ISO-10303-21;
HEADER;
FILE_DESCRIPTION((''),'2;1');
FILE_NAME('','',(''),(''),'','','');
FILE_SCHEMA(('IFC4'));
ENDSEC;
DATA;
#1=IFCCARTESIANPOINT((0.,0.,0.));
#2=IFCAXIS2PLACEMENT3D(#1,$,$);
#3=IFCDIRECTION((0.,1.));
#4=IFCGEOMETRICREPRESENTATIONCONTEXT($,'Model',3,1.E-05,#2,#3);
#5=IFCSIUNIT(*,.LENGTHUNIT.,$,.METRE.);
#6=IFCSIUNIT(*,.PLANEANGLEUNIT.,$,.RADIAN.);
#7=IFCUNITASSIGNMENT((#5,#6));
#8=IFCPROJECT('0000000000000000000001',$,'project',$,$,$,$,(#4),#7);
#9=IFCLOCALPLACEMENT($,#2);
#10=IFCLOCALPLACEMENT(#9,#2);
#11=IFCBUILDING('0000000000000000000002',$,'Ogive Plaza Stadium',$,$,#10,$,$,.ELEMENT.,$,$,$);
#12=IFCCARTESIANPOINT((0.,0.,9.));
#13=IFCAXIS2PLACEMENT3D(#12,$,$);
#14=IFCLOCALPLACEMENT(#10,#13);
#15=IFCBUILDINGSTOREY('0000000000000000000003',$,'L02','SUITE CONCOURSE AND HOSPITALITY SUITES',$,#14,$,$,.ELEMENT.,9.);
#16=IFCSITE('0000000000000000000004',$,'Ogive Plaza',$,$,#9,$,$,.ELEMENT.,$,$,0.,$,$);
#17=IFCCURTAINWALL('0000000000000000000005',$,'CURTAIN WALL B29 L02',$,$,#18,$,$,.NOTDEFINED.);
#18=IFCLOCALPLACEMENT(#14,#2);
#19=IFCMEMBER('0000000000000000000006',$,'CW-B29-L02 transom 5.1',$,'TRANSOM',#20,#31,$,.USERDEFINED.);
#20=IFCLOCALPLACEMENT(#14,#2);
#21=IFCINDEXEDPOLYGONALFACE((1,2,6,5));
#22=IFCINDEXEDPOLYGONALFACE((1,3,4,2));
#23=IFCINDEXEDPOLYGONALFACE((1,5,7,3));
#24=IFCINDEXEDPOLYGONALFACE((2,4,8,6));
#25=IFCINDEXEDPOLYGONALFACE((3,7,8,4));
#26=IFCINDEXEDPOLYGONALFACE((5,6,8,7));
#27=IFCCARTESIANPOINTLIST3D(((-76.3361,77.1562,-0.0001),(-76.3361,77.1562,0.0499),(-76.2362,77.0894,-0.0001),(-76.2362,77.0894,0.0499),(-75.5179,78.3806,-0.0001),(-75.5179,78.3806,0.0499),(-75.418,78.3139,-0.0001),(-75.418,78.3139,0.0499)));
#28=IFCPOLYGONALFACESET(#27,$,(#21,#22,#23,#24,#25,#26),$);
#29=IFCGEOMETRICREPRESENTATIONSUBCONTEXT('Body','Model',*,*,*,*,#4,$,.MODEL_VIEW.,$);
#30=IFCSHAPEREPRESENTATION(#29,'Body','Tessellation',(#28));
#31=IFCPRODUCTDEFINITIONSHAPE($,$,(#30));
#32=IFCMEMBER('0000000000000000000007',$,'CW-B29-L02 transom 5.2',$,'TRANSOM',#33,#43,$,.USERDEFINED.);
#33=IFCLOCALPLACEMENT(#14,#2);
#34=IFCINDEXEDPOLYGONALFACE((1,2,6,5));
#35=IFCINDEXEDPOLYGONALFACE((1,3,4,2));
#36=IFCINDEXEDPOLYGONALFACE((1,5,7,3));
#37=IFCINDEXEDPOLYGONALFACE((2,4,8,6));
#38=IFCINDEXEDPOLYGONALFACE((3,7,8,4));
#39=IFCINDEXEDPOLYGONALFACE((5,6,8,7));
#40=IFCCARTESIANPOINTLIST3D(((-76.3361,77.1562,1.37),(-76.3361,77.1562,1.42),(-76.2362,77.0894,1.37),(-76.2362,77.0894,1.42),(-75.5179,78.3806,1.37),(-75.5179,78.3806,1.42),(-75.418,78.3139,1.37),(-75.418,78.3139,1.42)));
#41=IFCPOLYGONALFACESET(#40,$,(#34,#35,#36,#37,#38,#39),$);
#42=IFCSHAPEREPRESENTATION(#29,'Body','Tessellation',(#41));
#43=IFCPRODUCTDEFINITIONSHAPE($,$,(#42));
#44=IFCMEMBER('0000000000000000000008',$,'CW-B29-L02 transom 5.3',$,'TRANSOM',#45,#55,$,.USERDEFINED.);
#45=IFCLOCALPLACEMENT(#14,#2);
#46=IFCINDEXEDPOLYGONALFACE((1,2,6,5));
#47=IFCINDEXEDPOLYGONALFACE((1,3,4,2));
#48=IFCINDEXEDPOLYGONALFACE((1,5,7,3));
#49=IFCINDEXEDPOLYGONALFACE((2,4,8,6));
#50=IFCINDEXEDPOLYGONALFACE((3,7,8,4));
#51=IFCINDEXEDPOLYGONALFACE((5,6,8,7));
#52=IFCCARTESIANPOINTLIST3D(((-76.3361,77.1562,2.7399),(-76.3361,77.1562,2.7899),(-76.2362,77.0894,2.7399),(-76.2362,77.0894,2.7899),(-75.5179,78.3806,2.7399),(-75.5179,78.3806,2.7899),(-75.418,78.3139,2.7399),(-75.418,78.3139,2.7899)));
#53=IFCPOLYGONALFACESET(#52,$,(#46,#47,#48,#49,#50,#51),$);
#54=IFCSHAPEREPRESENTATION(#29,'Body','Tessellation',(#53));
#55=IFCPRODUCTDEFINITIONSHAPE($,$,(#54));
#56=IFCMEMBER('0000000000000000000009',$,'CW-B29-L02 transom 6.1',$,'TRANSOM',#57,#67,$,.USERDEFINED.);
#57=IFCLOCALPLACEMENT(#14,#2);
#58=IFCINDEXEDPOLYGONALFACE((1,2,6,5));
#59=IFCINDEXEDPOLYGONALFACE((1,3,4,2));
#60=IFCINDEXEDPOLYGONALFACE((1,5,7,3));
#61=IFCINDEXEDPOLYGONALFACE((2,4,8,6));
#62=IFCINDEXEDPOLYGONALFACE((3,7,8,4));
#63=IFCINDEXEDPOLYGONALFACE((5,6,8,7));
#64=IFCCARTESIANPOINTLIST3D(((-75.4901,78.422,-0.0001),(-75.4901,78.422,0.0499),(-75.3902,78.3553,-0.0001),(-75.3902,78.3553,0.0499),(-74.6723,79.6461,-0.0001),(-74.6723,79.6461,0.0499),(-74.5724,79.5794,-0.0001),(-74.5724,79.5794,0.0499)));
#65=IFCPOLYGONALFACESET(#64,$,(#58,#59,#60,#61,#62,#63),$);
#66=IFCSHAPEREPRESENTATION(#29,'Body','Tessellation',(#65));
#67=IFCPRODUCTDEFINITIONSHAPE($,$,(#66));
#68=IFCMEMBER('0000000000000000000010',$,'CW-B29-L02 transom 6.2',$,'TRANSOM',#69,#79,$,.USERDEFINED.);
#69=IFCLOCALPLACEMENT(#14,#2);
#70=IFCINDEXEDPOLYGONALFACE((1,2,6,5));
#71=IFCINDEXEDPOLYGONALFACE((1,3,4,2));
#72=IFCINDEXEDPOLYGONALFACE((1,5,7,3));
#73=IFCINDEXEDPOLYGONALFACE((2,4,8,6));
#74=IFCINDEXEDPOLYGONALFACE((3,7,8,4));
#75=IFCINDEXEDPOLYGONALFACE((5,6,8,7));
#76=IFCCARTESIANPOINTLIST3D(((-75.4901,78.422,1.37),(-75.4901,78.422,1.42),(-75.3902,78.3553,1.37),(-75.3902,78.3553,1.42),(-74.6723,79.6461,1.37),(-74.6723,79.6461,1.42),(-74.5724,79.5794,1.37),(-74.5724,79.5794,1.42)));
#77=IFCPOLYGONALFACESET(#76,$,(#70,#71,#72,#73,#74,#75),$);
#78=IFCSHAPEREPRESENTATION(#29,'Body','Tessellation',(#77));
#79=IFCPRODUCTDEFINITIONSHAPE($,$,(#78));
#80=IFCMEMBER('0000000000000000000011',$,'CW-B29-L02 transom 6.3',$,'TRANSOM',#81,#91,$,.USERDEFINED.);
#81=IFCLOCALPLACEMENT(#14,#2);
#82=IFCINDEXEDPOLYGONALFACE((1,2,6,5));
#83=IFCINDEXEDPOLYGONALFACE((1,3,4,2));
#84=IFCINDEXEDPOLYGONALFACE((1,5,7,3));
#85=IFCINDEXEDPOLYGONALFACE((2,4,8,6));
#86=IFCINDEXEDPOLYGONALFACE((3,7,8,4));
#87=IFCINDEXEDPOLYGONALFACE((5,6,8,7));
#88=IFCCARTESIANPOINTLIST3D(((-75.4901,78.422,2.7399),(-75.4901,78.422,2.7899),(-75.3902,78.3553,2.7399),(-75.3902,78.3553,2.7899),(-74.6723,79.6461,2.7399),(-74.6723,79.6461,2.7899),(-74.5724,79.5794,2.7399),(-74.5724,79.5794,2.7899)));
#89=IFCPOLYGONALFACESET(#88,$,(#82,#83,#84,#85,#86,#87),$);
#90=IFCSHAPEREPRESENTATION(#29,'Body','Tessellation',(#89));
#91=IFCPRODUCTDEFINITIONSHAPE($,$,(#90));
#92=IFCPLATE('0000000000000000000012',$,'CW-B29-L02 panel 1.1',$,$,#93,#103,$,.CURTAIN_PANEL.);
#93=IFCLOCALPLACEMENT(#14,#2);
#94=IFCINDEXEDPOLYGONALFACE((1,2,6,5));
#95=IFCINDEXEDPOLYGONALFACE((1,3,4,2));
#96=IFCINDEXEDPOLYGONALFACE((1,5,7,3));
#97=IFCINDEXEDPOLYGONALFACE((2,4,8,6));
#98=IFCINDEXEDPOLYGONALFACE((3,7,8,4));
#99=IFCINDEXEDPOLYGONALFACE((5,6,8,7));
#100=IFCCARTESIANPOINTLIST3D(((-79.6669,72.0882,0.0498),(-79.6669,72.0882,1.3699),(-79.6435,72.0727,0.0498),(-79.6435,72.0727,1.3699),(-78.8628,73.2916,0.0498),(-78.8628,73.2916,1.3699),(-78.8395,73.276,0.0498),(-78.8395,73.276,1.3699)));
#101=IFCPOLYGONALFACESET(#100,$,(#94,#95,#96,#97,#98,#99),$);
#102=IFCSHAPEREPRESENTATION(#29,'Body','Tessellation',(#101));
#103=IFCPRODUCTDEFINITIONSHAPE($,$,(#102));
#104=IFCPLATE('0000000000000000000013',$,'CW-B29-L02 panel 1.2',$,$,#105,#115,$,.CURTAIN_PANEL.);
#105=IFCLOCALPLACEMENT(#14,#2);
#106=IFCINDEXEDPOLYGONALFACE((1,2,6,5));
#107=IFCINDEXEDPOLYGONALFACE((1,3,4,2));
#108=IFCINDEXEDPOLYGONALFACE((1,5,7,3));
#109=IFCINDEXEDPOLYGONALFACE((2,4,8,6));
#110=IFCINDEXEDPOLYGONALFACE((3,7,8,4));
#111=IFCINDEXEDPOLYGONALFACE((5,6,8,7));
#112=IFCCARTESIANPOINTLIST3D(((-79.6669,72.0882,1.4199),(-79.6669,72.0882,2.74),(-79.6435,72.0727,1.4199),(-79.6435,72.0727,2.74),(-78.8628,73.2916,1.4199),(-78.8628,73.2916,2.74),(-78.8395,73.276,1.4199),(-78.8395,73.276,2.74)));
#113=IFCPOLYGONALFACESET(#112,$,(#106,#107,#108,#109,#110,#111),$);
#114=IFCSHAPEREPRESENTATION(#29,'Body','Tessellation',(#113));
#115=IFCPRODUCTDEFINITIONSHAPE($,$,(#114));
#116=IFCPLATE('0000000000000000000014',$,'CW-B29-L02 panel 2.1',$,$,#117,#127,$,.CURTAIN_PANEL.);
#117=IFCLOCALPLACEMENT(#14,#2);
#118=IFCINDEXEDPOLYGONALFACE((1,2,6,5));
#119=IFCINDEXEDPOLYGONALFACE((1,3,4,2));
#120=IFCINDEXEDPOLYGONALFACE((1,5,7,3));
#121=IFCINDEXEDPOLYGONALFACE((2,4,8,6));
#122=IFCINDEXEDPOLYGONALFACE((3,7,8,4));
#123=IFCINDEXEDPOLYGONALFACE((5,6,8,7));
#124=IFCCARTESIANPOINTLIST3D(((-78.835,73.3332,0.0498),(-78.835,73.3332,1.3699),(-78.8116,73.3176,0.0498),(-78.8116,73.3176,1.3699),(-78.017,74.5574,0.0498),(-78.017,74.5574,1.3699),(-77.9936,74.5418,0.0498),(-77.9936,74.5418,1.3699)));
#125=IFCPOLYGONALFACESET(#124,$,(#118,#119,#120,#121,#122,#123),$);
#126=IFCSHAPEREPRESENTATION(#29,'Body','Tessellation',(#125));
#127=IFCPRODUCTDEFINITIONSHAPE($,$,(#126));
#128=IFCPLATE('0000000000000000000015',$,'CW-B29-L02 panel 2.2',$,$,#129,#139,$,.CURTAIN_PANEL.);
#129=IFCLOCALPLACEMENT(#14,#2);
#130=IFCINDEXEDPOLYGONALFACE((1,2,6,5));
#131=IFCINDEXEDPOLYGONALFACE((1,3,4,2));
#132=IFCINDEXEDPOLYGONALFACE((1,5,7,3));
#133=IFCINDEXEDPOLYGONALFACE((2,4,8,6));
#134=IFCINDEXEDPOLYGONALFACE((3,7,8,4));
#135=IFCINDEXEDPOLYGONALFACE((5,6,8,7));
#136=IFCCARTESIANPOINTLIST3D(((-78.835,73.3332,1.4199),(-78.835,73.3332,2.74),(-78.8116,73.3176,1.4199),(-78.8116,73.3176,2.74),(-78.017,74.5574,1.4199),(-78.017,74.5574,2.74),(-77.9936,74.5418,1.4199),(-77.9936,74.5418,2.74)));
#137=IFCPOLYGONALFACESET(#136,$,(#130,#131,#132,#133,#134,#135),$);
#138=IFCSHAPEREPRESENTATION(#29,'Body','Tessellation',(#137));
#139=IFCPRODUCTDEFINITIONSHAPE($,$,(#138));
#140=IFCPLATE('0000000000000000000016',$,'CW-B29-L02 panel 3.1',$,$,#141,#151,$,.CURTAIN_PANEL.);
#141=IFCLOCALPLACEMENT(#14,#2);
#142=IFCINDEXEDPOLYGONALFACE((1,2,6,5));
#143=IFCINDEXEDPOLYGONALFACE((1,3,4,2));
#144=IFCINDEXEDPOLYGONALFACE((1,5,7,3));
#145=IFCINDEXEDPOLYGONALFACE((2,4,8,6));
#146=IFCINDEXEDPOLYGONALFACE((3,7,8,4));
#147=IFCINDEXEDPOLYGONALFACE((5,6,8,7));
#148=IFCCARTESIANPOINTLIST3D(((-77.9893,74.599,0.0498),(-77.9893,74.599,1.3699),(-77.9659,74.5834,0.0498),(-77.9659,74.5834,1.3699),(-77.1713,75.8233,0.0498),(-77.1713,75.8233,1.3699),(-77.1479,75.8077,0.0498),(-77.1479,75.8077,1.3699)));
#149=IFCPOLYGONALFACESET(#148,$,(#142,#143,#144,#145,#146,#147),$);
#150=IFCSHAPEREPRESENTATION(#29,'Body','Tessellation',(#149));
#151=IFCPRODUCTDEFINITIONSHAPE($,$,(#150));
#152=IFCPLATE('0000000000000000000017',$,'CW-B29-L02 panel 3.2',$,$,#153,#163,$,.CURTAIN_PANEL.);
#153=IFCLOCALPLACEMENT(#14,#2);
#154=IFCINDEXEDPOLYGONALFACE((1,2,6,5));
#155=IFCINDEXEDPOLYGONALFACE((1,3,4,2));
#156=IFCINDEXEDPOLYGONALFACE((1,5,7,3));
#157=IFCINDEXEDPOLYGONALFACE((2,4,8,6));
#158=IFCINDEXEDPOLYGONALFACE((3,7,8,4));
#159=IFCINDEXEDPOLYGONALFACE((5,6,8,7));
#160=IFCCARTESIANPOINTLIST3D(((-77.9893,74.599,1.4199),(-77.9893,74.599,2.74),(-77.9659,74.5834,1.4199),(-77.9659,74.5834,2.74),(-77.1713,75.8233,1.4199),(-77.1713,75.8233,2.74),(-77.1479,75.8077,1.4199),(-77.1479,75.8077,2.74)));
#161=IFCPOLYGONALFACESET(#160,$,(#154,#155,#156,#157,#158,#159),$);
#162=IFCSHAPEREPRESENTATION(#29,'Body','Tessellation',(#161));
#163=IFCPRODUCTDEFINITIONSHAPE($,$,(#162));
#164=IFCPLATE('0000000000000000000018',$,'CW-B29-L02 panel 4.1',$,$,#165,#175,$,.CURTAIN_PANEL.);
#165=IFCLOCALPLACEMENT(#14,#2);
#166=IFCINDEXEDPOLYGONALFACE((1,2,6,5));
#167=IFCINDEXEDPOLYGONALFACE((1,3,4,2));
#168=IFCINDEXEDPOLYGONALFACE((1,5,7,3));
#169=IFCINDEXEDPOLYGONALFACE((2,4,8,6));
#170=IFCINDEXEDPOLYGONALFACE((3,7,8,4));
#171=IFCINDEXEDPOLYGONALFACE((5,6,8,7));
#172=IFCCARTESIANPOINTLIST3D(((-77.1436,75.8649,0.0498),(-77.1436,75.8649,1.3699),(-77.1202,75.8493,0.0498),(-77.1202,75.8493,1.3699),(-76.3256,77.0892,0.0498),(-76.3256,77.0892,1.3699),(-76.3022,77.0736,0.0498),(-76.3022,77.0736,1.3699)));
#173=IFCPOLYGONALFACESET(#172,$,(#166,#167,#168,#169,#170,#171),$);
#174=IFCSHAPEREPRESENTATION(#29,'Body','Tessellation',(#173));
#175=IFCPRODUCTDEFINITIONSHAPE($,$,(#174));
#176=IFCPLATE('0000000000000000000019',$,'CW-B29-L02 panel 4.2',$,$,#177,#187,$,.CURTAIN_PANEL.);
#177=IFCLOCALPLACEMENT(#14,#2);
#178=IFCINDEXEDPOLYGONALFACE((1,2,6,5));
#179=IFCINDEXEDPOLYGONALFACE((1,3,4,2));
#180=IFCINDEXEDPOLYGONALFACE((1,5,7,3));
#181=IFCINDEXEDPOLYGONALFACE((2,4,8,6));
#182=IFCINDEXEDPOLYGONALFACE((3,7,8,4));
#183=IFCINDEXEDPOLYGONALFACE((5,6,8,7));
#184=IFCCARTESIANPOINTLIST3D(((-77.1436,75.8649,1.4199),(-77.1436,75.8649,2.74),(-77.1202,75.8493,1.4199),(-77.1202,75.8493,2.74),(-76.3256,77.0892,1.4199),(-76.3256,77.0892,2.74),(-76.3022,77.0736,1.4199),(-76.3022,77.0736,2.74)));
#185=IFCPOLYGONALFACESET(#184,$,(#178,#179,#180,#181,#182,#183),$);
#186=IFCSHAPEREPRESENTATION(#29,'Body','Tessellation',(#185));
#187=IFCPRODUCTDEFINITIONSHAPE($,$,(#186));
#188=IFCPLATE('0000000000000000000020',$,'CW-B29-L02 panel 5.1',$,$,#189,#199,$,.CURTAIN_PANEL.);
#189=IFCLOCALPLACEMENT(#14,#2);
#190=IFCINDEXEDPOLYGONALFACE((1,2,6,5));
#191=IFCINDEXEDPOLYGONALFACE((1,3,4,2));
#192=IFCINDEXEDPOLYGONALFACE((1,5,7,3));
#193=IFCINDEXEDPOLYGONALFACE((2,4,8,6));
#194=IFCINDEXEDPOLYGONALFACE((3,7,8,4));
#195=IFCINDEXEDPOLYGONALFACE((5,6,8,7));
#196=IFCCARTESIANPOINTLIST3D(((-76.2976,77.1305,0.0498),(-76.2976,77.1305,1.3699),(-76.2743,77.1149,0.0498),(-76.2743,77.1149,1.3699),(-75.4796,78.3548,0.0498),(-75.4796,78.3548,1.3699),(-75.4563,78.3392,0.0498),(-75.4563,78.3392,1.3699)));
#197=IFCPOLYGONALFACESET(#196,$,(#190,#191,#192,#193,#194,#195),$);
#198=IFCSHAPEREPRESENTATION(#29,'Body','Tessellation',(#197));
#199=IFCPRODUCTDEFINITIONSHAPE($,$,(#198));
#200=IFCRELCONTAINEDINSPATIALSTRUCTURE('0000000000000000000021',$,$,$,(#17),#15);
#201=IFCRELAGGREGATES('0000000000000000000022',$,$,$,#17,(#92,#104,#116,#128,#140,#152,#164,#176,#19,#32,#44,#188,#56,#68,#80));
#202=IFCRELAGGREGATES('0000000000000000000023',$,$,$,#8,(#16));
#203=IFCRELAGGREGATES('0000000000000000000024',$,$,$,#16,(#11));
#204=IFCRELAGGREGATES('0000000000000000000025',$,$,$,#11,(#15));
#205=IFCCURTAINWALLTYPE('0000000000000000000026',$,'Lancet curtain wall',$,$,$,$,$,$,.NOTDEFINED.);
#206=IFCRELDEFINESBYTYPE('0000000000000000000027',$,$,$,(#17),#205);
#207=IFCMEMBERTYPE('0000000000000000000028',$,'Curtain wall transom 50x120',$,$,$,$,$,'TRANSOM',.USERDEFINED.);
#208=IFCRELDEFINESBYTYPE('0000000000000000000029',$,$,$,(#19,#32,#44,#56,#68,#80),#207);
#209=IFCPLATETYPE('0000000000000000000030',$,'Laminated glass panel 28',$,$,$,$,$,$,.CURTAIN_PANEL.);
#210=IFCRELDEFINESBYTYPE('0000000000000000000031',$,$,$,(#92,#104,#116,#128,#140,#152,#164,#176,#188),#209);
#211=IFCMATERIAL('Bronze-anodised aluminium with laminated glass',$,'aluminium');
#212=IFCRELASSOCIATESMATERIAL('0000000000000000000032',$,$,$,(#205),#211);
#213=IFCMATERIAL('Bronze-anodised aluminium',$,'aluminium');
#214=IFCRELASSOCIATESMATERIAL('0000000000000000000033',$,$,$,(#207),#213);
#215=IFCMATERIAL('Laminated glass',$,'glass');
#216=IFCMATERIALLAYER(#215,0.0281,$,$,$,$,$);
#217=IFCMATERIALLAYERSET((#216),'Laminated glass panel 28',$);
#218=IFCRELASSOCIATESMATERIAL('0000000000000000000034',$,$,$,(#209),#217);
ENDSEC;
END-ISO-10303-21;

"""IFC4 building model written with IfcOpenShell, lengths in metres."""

from ifc_helpers import new_model, si_unit, direction, frame, origin, origin_2d, place, context, subcontext, project, spatial, rectangle, extrude, material, layer, layer_set, material_profile, profile_set, type_object, element, aggregate, save


model = new_model("IFC4")

# Units and contexts
model_context = context("Model", 3, precision=1e-05, world=origin(), true_north=direction((0.0, 1.0)))
body_context = subcontext(model_context, "Body", "Model", "MODEL_VIEW")
ifc_project = project(units=[si_unit("LENGTHUNIT", "METRE"), si_unit("PLANEANGLEUNIT", "RADIAN")], contexts=[model_context])

# Site, building, storey
site_placement = place(None, origin())
site = spatial("IfcSite", under=ifc_project, at=site_placement, Name="Ogive Plaza", CompositionType="ELEMENT", RefElevation=0.0)
building_placement = place(site_placement, origin())
building = spatial("IfcBuilding", under=site, at=building_placement, Name="Ogive Plaza Stadium", CompositionType="ELEMENT")
storey_placement = place(building_placement, frame((0.0, 0.0, 9.0)))
storey = spatial("IfcBuildingStorey", under=building, at=storey_placement, Name="L02", Description="SUITE CONCOURSE AND HOSPITALITY SUITES", CompositionType="ELEMENT", Elevation=9.0)

# Curtain wall, members, plates
ifc_material_1 = material(Name="Bronze-anodised aluminium with laminated glass", Category="aluminium")
curtain_wall_type = type_object("IfcCurtainWallType", Name="Lancet curtain wall", PredefinedType="NOTDEFINED", material=ifc_material_1)
curtain_wall_placement = place(storey_placement, origin())
curtain_wall = element("IfcCurtainWall", 1, at=curtain_wall_placement, inside=storey, type_object=curtain_wall_type, Name="CURTAIN WALL B29 L02", PredefinedType="NOTDEFINED")
ifc_material_2 = material(Name="Bronze-anodised aluminium", Category="aluminium")
ifc_material_profile_1 = material_profile(ifc_material_2, rectangle(XDim=0.1201, YDim=0.05, at=origin_2d()), Name="AL 120x50")
ifc_profile_set_1 = profile_set([ifc_material_profile_1], Name="Bronze-anodised aluminium")
member_type_1 = type_object("IfcMemberType", Name="Curtain wall transom 50x120", ElementType="TRANSOM", PredefinedType="USERDEFINED", material=ifc_profile_set_1)
member_1_placement = place(storey_placement, frame((-76.2861, 77.1228, 0.0249), z_axis=(0.55558, 0.831463, 0.0), x_axis=(-0.831463, 0.55558, 0.0)))
member_1 = element("IfcMember", 2, at=member_1_placement, type_object=member_type_1, Name="CW-B29-L02 transom 5.1", ObjectType="TRANSOM", PredefinedType="USERDEFINED", context=body_context, shape_type="SweptSolid", body=[
    extrude(rectangle(XDim=0.1201, YDim=0.05, at=origin_2d()), origin(), (0.0, 0.0, 1.0), 1.4727),
])
member_2_placement = place(storey_placement, frame((-76.2861, 77.1228, 1.395), z_axis=(0.55558, 0.831463, 0.0), x_axis=(-0.831463, 0.55558, 0.0)))
member_2 = element("IfcMember", 3, at=member_2_placement, type_object=member_type_1, Name="CW-B29-L02 transom 5.2", ObjectType="TRANSOM", PredefinedType="USERDEFINED", context=body_context, shape_type="SweptSolid", body=[
    extrude(rectangle(XDim=0.1201, YDim=0.05, at=origin_2d()), origin(), (0.0, 0.0, 1.0), 1.4727),
])
member_3_placement = place(storey_placement, frame((-76.2861, 77.1228, 2.7649), z_axis=(0.55558, 0.831463, 0.0), x_axis=(-0.831463, 0.55558, 0.0)))
member_3 = element("IfcMember", 4, at=member_3_placement, type_object=member_type_1, Name="CW-B29-L02 transom 5.3", ObjectType="TRANSOM", PredefinedType="USERDEFINED", context=body_context, shape_type="SweptSolid", body=[
    extrude(rectangle(XDim=0.1201, YDim=0.05, at=origin_2d()), origin(), (0.0, 0.0, 1.0), 1.4727),
])
member_4_placement = place(storey_placement, frame((-75.4402, 78.3887, 0.0249), z_axis=(0.555542, 0.831489, 0.0), x_axis=(-0.831489, 0.555542, 0.0)))
member_4 = element("IfcMember", 5, at=member_4_placement, type_object=member_type_1, Name="CW-B29-L02 transom 6.1", ObjectType="TRANSOM", PredefinedType="USERDEFINED", context=body_context, shape_type="SweptSolid", body=[
    extrude(rectangle(XDim=0.1201, YDim=0.05, at=origin_2d()), origin(), (0.0, 0.0, 1.0), 1.4722),
])
member_5_placement = place(storey_placement, frame((-75.4402, 78.3887, 1.395), z_axis=(0.555542, 0.831489, 0.0), x_axis=(-0.831489, 0.555542, 0.0)))
member_5 = element("IfcMember", 6, at=member_5_placement, type_object=member_type_1, Name="CW-B29-L02 transom 6.2", ObjectType="TRANSOM", PredefinedType="USERDEFINED", context=body_context, shape_type="SweptSolid", body=[
    extrude(rectangle(XDim=0.1201, YDim=0.05, at=origin_2d()), origin(), (0.0, 0.0, 1.0), 1.4722),
])
member_6_placement = place(storey_placement, frame((-75.4402, 78.3887, 2.7649), z_axis=(0.555542, 0.831489, 0.0), x_axis=(-0.831489, 0.555542, 0.0)))
member_6 = element("IfcMember", 7, at=member_6_placement, type_object=member_type_1, Name="CW-B29-L02 transom 6.3", ObjectType="TRANSOM", PredefinedType="USERDEFINED", context=body_context, shape_type="SweptSolid", body=[
    extrude(rectangle(XDim=0.1201, YDim=0.05, at=origin_2d()), origin(), (0.0, 0.0, 1.0), 1.4722),
])
ifc_material_3 = material(Name="Laminated glass", Category="glass")
ifc_layer = layer(ifc_material_3, 0.0281)
ifc_layer_set = layer_set([ifc_layer], Name="Laminated glass panel 28")
plate_type = type_object("IfcPlateType", Name="Laminated glass panel 28", PredefinedType="CURTAIN_PANEL", material=ifc_layer_set)
plate_1_placement = place(storey_placement, frame((-79.2532, 72.6821, 0.0498), z_axis=(0.0, 0.0, 1.0), x_axis=(0.55557, 0.83147, 0.0)))
plate_1 = element("IfcPlate", 8, at=plate_1_placement, type_object=plate_type, Name="CW-B29-L02 panel 1.1", PredefinedType="CURTAIN_PANEL", context=body_context, shape_type="SweptSolid", body=[
    extrude(rectangle(XDim=1.4473, YDim=0.0281, at=origin_2d()), origin(), (0.0, 0.0, 1.0), 1.3201),
])
plate_2_placement = place(storey_placement, frame((-79.2532, 72.6821, 1.4199), z_axis=(0.0, 0.0, 1.0), x_axis=(0.55557, 0.83147, 0.0)))
plate_2 = element("IfcPlate", 9, at=plate_2_placement, type_object=plate_type, Name="CW-B29-L02 panel 1.2", PredefinedType="CURTAIN_PANEL", context=body_context, shape_type="SweptSolid", body=[
    extrude(rectangle(XDim=1.4473, YDim=0.0281, at=origin_2d()), origin(), (0.0, 0.0, 1.0), 1.3201),
])
plate_3_placement = place(storey_placement, frame((-78.4143, 73.9375, 0.0498), z_axis=(0.0, 0.0, 1.0), x_axis=(0.55557, 0.83147, 0.0)))
plate_3 = element("IfcPlate", 10, at=plate_3_placement, type_object=plate_type, Name="CW-B29-L02 panel 2.1", PredefinedType="CURTAIN_PANEL", context=body_context, shape_type="SweptSolid", body=[
    extrude(rectangle(XDim=1.4724, YDim=0.0281, at=origin_2d()), origin(), (0.0, 0.0, 1.0), 1.3201),
])
plate_4_placement = place(storey_placement, frame((-78.4143, 73.9375, 1.4199), z_axis=(0.0, 0.0, 1.0), x_axis=(0.55557, 0.83147, 0.0)))
plate_4 = element("IfcPlate", 11, at=plate_4_placement, type_object=plate_type, Name="CW-B29-L02 panel 2.2", PredefinedType="CURTAIN_PANEL", context=body_context, shape_type="SweptSolid", body=[
    extrude(rectangle(XDim=1.4724, YDim=0.0281, at=origin_2d()), origin(), (0.0, 0.0, 1.0), 1.3201),
])
plate_5_placement = place(storey_placement, frame((-77.5686, 75.2034, 0.0498), z_axis=(0.0, 0.0, 1.0), x_axis=(0.55557, 0.83147, 0.0)))
plate_5 = element("IfcPlate", 12, at=plate_5_placement, type_object=plate_type, Name="CW-B29-L02 panel 3.1", PredefinedType="CURTAIN_PANEL", context=body_context, shape_type="SweptSolid", body=[
    extrude(rectangle(XDim=1.4724, YDim=0.0281, at=origin_2d()), origin(), (0.0, 0.0, 1.0), 1.3201),
])
plate_6_placement = place(storey_placement, frame((-77.5686, 75.2034, 1.4199), z_axis=(0.0, 0.0, 1.0), x_axis=(0.55557, 0.83147, 0.0)))
plate_6 = element("IfcPlate", 13, at=plate_6_placement, type_object=plate_type, Name="CW-B29-L02 panel 3.2", PredefinedType="CURTAIN_PANEL", context=body_context, shape_type="SweptSolid", body=[
    extrude(rectangle(XDim=1.4724, YDim=0.0281, at=origin_2d()), origin(), (0.0, 0.0, 1.0), 1.3201),
])
plate_7_placement = place(storey_placement, frame((-76.7229, 76.4692, 0.0498), z_axis=(0.0, 0.0, 1.0), x_axis=(0.55557, 0.83147, 0.0)))
plate_7 = element("IfcPlate", 14, at=plate_7_placement, type_object=plate_type, Name="CW-B29-L02 panel 4.1", PredefinedType="CURTAIN_PANEL", context=body_context, shape_type="SweptSolid", body=[
    extrude(rectangle(XDim=1.4724, YDim=0.0281, at=origin_2d()), origin(), (0.0, 0.0, 1.0), 1.3201),
])
plate_8_placement = place(storey_placement, frame((-76.7229, 76.4692, 1.4199), z_axis=(0.0, 0.0, 1.0), x_axis=(0.55557, 0.83147, 0.0)))
plate_8 = element("IfcPlate", 15, at=plate_8_placement, type_object=plate_type, Name="CW-B29-L02 panel 4.2", PredefinedType="CURTAIN_PANEL", context=body_context, shape_type="SweptSolid", body=[
    extrude(rectangle(XDim=1.4724, YDim=0.0281, at=origin_2d()), origin(), (0.0, 0.0, 1.0), 1.3201),
])
plate_9_placement = place(storey_placement, frame((-75.877, 77.7349, 0.0498), z_axis=(0.0, 0.0, 1.0), x_axis=(0.55557, 0.83147, 0.0)))
plate_9 = element("IfcPlate", 16, at=plate_9_placement, type_object=plate_type, Name="CW-B29-L02 panel 5.1", PredefinedType="CURTAIN_PANEL", context=body_context, shape_type="SweptSolid", body=[
    extrude(rectangle(XDim=1.4724, YDim=0.0281, at=origin_2d()), origin(), (0.0, 0.0, 1.0), 1.3201),
])
aggregate(curtain_wall, [plate_1, plate_2, plate_3, plate_4, plate_5, plate_6, plate_7, plate_8, member_1, member_2, member_3, plate_9, member_4, member_5, member_6])

save(model, "model.ifc")
